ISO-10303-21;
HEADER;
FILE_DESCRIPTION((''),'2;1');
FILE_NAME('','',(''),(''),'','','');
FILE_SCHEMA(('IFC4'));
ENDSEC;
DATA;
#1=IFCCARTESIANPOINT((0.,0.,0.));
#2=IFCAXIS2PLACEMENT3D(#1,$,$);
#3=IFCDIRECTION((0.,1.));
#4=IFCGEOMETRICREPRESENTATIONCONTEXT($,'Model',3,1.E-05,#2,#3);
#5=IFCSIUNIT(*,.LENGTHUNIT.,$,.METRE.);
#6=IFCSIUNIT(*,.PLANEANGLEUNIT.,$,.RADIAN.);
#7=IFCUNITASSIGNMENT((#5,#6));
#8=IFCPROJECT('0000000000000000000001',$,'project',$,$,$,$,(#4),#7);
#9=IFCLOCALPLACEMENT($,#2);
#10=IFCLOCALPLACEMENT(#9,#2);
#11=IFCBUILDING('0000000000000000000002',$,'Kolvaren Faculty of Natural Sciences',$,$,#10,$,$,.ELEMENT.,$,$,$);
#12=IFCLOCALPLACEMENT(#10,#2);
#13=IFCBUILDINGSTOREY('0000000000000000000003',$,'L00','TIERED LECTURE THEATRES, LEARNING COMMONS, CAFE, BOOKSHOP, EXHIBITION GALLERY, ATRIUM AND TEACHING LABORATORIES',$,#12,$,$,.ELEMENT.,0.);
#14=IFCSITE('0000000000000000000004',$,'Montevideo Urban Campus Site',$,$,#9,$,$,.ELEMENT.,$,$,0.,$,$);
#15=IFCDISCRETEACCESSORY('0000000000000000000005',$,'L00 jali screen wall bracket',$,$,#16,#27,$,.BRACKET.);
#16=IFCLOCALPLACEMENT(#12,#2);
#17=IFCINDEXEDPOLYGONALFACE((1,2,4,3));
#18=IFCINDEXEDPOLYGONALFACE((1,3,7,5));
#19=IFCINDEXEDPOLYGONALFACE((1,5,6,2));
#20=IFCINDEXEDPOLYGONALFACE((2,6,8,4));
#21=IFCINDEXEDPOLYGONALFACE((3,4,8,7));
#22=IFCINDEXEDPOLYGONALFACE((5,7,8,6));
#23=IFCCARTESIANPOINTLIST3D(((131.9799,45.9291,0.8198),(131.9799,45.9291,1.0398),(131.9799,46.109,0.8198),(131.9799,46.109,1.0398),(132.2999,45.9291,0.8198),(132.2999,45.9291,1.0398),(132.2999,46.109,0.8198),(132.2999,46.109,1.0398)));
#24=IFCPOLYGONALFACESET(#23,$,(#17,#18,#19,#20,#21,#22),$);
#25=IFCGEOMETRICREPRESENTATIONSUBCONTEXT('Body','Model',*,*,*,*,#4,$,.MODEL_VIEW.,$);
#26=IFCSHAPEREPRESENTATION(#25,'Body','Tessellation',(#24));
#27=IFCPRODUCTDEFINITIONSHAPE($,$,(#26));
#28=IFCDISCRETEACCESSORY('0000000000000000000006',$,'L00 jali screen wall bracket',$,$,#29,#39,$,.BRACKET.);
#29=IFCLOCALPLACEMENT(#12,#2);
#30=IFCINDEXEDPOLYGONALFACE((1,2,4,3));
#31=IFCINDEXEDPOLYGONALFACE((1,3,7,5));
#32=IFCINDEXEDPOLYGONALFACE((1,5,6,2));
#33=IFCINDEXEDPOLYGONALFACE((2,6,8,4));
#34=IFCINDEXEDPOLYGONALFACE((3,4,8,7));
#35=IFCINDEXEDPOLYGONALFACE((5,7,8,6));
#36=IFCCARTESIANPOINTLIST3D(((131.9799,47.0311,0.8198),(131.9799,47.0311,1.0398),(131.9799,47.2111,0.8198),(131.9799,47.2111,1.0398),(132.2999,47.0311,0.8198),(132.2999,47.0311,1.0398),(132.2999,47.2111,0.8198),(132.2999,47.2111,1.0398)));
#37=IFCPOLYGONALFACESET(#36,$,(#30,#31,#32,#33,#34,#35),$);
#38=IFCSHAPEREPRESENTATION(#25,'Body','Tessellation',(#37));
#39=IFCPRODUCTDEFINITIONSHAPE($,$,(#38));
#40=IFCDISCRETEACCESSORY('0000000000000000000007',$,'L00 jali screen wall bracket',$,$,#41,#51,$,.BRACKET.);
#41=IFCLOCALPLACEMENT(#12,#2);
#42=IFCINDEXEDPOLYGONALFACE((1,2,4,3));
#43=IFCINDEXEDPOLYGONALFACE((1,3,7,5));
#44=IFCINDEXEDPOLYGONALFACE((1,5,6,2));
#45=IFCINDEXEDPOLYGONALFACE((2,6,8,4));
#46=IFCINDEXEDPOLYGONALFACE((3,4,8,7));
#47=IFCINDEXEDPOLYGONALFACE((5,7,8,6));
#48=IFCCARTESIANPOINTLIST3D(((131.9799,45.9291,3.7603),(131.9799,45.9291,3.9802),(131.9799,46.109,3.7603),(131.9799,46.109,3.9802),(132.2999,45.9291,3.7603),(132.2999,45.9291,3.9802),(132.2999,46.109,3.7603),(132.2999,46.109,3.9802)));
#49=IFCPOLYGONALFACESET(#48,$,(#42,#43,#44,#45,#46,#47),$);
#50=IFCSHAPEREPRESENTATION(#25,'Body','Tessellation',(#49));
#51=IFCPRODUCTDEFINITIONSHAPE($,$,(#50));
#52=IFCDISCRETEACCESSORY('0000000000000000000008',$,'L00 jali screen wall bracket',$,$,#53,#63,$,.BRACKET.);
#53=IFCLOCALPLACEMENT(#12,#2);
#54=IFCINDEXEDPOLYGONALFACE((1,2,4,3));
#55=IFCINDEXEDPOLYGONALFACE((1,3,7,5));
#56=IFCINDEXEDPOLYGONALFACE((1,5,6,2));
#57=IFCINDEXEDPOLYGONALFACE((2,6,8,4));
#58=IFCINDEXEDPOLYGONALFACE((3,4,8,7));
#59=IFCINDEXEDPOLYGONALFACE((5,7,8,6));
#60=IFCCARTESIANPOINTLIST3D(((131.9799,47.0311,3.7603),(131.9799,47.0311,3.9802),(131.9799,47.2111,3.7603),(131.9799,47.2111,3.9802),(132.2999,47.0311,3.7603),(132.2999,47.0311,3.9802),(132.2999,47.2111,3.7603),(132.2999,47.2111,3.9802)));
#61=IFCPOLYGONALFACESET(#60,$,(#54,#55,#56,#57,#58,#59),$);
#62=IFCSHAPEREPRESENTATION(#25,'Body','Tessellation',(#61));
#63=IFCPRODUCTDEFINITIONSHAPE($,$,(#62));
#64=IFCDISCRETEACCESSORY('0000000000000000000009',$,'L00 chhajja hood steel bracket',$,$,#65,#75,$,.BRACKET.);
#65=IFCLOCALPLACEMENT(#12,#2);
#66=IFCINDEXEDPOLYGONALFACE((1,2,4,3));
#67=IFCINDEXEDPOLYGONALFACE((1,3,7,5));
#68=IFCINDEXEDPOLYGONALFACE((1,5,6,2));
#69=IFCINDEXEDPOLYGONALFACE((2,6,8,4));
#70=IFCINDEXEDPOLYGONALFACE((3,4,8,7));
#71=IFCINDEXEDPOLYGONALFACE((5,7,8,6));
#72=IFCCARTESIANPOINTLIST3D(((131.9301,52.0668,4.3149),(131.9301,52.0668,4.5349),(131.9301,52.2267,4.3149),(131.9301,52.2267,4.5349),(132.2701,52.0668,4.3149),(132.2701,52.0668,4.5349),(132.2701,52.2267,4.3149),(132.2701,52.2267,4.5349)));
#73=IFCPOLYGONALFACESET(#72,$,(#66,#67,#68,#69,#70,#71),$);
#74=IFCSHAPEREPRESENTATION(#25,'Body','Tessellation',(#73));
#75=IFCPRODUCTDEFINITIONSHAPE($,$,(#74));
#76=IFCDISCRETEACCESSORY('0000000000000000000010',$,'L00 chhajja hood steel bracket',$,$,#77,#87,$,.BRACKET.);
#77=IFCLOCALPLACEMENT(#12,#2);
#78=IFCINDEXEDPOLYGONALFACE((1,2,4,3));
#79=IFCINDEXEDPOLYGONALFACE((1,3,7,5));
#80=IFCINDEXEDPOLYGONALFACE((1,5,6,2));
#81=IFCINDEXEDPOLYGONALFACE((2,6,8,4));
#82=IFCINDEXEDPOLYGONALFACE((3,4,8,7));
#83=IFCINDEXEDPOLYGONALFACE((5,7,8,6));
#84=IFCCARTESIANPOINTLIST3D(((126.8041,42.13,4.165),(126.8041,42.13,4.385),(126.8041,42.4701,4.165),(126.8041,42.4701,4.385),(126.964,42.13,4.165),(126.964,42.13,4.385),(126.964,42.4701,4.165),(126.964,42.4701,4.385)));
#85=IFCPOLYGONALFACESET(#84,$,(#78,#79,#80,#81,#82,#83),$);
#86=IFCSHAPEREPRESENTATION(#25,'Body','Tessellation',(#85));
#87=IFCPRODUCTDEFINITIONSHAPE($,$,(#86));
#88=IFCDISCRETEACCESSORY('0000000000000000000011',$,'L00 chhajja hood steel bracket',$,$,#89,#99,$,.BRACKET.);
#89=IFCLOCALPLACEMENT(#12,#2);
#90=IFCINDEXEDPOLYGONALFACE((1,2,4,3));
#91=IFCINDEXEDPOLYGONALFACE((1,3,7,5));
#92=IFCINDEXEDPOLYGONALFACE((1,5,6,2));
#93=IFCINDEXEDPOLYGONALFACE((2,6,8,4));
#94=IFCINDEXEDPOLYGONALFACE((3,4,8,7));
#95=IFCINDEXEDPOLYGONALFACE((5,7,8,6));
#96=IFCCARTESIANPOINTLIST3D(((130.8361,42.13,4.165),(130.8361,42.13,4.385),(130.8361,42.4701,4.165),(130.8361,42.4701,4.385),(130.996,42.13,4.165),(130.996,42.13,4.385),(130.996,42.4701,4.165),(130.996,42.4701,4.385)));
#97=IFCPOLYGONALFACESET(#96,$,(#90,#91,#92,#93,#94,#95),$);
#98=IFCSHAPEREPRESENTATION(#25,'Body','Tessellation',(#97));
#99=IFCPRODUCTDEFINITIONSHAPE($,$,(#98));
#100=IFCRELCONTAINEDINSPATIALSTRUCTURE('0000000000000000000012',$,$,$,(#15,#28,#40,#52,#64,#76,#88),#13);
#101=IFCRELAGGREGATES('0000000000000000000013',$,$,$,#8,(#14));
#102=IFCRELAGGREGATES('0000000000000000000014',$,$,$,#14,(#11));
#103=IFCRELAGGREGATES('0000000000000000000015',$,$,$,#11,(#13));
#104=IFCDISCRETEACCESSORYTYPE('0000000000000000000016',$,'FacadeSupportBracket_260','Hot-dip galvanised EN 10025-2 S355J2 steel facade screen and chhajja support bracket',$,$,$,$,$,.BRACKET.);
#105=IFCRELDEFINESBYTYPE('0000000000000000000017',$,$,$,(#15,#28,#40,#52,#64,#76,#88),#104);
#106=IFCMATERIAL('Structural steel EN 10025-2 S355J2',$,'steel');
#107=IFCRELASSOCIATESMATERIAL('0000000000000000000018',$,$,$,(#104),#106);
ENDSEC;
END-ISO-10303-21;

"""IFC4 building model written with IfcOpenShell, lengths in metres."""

from ifc_helpers import new_model, si_unit, direction, frame, origin, origin_2d, place, context, subcontext, project, spatial, rectangle, extrude, material, type_object, element, save


model = new_model("IFC4")

# Units and contexts
model_context = context("Model", 3, precision=1e-05, world=origin(), true_north=direction((0.0, 1.0)))
body_context = subcontext(model_context, "Body", "Model", "MODEL_VIEW")
ifc_project = project(units=[si_unit("LENGTHUNIT", "METRE"), si_unit("PLANEANGLEUNIT", "RADIAN")], contexts=[model_context])

# Site, building, storey
site_placement = place(None, origin())
site = spatial("IfcSite", under=ifc_project, at=site_placement, Name="Montevideo Urban Campus Site", CompositionType="ELEMENT", RefElevation=0.0)
building_placement = place(site_placement, origin())
building = spatial("IfcBuilding", under=site, at=building_placement, Name="Kolvaren Faculty of Natural Sciences", CompositionType="ELEMENT")
storey_placement = place(building_placement, origin())
storey = spatial("IfcBuildingStorey", under=building, at=storey_placement, Name="L00", Description="TIERED LECTURE THEATRES, LEARNING COMMONS, CAFE, BOOKSHOP, EXHIBITION GALLERY, ATRIUM AND TEACHING LABORATORIES", CompositionType="ELEMENT", Elevation=0.0)

# Discrete accessories
ifc_material_1 = material(Name="Structural steel EN 10025-2 S355J2", Category="steel")
discrete_accessory_type = type_object("IfcDiscreteAccessoryType", Name="FacadeSupportBracket_260", Description="Hot-dip galvanised EN 10025-2 S355J2 steel facade screen and chhajja support bracket", PredefinedType="BRACKET", material=ifc_material_1)
for number, where, z_axis, x_axis, name in (
    (1, (132.1399, 46.019, 0.8198), (0.0, 0.0, 1.0), (0.0, 1.0, 0.0), "L00 jali screen wall bracket"),
    (2, (132.1399, 47.1211, 0.8198), (0.0, 0.0, 1.0), (0.0, 1.0, 0.0), "L00 jali screen wall bracket"),
    (3, (132.1399, 46.019, 3.7603), (0.0, 0.0, 1.0), (0.0, 1.0, 0.0), "L00 jali screen wall bracket"),
    (4, (132.1399, 47.1211, 3.7603), (0.0, 0.0, 1.0), (0.0, 1.0, 0.0), "L00 jali screen wall bracket"),
):
    element("IfcDiscreteAccessory", number, at=place(storey_placement, frame(where, z_axis=z_axis, x_axis=x_axis)), inside=storey, type_object=discrete_accessory_type, Name=name, PredefinedType="BRACKET", context=body_context, shape_type="SweptSolid", body=[
        extrude(rectangle(XDim=0.1799, YDim=0.3201, at=origin_2d()), origin(), (0.0, 0.0, 1.0), 0.22),
    ])
for number, where, z_axis, x_axis, name in (
    (5, (132.1001, 52.1467, 4.3149), (0.0, 0.0, 1.0), (0.0, 1.0, 0.0), "L00 chhajja hood steel bracket"),
    (6, (126.884, 42.3, 4.165), (0.0, 0.0, 1.0), (1.0, 0.0, 0.0), "L00 chhajja hood steel bracket"),
    (7, (130.916, 42.3, 4.165), (0.0, 0.0, 1.0), (1.0, 0.0, 0.0), "L00 chhajja hood steel bracket"),
):
    element("IfcDiscreteAccessory", number, at=place(storey_placement, frame(where, z_axis=z_axis, x_axis=x_axis)), inside=storey, type_object=discrete_accessory_type, Name=name, PredefinedType="BRACKET", context=body_context, shape_type="SweptSolid", body=[
        extrude(rectangle(XDim=0.1599, YDim=0.3401, at=origin_2d()), origin(), (0.0, 0.0, 1.0), 0.22),
    ])

save(model, "model.ifc")
